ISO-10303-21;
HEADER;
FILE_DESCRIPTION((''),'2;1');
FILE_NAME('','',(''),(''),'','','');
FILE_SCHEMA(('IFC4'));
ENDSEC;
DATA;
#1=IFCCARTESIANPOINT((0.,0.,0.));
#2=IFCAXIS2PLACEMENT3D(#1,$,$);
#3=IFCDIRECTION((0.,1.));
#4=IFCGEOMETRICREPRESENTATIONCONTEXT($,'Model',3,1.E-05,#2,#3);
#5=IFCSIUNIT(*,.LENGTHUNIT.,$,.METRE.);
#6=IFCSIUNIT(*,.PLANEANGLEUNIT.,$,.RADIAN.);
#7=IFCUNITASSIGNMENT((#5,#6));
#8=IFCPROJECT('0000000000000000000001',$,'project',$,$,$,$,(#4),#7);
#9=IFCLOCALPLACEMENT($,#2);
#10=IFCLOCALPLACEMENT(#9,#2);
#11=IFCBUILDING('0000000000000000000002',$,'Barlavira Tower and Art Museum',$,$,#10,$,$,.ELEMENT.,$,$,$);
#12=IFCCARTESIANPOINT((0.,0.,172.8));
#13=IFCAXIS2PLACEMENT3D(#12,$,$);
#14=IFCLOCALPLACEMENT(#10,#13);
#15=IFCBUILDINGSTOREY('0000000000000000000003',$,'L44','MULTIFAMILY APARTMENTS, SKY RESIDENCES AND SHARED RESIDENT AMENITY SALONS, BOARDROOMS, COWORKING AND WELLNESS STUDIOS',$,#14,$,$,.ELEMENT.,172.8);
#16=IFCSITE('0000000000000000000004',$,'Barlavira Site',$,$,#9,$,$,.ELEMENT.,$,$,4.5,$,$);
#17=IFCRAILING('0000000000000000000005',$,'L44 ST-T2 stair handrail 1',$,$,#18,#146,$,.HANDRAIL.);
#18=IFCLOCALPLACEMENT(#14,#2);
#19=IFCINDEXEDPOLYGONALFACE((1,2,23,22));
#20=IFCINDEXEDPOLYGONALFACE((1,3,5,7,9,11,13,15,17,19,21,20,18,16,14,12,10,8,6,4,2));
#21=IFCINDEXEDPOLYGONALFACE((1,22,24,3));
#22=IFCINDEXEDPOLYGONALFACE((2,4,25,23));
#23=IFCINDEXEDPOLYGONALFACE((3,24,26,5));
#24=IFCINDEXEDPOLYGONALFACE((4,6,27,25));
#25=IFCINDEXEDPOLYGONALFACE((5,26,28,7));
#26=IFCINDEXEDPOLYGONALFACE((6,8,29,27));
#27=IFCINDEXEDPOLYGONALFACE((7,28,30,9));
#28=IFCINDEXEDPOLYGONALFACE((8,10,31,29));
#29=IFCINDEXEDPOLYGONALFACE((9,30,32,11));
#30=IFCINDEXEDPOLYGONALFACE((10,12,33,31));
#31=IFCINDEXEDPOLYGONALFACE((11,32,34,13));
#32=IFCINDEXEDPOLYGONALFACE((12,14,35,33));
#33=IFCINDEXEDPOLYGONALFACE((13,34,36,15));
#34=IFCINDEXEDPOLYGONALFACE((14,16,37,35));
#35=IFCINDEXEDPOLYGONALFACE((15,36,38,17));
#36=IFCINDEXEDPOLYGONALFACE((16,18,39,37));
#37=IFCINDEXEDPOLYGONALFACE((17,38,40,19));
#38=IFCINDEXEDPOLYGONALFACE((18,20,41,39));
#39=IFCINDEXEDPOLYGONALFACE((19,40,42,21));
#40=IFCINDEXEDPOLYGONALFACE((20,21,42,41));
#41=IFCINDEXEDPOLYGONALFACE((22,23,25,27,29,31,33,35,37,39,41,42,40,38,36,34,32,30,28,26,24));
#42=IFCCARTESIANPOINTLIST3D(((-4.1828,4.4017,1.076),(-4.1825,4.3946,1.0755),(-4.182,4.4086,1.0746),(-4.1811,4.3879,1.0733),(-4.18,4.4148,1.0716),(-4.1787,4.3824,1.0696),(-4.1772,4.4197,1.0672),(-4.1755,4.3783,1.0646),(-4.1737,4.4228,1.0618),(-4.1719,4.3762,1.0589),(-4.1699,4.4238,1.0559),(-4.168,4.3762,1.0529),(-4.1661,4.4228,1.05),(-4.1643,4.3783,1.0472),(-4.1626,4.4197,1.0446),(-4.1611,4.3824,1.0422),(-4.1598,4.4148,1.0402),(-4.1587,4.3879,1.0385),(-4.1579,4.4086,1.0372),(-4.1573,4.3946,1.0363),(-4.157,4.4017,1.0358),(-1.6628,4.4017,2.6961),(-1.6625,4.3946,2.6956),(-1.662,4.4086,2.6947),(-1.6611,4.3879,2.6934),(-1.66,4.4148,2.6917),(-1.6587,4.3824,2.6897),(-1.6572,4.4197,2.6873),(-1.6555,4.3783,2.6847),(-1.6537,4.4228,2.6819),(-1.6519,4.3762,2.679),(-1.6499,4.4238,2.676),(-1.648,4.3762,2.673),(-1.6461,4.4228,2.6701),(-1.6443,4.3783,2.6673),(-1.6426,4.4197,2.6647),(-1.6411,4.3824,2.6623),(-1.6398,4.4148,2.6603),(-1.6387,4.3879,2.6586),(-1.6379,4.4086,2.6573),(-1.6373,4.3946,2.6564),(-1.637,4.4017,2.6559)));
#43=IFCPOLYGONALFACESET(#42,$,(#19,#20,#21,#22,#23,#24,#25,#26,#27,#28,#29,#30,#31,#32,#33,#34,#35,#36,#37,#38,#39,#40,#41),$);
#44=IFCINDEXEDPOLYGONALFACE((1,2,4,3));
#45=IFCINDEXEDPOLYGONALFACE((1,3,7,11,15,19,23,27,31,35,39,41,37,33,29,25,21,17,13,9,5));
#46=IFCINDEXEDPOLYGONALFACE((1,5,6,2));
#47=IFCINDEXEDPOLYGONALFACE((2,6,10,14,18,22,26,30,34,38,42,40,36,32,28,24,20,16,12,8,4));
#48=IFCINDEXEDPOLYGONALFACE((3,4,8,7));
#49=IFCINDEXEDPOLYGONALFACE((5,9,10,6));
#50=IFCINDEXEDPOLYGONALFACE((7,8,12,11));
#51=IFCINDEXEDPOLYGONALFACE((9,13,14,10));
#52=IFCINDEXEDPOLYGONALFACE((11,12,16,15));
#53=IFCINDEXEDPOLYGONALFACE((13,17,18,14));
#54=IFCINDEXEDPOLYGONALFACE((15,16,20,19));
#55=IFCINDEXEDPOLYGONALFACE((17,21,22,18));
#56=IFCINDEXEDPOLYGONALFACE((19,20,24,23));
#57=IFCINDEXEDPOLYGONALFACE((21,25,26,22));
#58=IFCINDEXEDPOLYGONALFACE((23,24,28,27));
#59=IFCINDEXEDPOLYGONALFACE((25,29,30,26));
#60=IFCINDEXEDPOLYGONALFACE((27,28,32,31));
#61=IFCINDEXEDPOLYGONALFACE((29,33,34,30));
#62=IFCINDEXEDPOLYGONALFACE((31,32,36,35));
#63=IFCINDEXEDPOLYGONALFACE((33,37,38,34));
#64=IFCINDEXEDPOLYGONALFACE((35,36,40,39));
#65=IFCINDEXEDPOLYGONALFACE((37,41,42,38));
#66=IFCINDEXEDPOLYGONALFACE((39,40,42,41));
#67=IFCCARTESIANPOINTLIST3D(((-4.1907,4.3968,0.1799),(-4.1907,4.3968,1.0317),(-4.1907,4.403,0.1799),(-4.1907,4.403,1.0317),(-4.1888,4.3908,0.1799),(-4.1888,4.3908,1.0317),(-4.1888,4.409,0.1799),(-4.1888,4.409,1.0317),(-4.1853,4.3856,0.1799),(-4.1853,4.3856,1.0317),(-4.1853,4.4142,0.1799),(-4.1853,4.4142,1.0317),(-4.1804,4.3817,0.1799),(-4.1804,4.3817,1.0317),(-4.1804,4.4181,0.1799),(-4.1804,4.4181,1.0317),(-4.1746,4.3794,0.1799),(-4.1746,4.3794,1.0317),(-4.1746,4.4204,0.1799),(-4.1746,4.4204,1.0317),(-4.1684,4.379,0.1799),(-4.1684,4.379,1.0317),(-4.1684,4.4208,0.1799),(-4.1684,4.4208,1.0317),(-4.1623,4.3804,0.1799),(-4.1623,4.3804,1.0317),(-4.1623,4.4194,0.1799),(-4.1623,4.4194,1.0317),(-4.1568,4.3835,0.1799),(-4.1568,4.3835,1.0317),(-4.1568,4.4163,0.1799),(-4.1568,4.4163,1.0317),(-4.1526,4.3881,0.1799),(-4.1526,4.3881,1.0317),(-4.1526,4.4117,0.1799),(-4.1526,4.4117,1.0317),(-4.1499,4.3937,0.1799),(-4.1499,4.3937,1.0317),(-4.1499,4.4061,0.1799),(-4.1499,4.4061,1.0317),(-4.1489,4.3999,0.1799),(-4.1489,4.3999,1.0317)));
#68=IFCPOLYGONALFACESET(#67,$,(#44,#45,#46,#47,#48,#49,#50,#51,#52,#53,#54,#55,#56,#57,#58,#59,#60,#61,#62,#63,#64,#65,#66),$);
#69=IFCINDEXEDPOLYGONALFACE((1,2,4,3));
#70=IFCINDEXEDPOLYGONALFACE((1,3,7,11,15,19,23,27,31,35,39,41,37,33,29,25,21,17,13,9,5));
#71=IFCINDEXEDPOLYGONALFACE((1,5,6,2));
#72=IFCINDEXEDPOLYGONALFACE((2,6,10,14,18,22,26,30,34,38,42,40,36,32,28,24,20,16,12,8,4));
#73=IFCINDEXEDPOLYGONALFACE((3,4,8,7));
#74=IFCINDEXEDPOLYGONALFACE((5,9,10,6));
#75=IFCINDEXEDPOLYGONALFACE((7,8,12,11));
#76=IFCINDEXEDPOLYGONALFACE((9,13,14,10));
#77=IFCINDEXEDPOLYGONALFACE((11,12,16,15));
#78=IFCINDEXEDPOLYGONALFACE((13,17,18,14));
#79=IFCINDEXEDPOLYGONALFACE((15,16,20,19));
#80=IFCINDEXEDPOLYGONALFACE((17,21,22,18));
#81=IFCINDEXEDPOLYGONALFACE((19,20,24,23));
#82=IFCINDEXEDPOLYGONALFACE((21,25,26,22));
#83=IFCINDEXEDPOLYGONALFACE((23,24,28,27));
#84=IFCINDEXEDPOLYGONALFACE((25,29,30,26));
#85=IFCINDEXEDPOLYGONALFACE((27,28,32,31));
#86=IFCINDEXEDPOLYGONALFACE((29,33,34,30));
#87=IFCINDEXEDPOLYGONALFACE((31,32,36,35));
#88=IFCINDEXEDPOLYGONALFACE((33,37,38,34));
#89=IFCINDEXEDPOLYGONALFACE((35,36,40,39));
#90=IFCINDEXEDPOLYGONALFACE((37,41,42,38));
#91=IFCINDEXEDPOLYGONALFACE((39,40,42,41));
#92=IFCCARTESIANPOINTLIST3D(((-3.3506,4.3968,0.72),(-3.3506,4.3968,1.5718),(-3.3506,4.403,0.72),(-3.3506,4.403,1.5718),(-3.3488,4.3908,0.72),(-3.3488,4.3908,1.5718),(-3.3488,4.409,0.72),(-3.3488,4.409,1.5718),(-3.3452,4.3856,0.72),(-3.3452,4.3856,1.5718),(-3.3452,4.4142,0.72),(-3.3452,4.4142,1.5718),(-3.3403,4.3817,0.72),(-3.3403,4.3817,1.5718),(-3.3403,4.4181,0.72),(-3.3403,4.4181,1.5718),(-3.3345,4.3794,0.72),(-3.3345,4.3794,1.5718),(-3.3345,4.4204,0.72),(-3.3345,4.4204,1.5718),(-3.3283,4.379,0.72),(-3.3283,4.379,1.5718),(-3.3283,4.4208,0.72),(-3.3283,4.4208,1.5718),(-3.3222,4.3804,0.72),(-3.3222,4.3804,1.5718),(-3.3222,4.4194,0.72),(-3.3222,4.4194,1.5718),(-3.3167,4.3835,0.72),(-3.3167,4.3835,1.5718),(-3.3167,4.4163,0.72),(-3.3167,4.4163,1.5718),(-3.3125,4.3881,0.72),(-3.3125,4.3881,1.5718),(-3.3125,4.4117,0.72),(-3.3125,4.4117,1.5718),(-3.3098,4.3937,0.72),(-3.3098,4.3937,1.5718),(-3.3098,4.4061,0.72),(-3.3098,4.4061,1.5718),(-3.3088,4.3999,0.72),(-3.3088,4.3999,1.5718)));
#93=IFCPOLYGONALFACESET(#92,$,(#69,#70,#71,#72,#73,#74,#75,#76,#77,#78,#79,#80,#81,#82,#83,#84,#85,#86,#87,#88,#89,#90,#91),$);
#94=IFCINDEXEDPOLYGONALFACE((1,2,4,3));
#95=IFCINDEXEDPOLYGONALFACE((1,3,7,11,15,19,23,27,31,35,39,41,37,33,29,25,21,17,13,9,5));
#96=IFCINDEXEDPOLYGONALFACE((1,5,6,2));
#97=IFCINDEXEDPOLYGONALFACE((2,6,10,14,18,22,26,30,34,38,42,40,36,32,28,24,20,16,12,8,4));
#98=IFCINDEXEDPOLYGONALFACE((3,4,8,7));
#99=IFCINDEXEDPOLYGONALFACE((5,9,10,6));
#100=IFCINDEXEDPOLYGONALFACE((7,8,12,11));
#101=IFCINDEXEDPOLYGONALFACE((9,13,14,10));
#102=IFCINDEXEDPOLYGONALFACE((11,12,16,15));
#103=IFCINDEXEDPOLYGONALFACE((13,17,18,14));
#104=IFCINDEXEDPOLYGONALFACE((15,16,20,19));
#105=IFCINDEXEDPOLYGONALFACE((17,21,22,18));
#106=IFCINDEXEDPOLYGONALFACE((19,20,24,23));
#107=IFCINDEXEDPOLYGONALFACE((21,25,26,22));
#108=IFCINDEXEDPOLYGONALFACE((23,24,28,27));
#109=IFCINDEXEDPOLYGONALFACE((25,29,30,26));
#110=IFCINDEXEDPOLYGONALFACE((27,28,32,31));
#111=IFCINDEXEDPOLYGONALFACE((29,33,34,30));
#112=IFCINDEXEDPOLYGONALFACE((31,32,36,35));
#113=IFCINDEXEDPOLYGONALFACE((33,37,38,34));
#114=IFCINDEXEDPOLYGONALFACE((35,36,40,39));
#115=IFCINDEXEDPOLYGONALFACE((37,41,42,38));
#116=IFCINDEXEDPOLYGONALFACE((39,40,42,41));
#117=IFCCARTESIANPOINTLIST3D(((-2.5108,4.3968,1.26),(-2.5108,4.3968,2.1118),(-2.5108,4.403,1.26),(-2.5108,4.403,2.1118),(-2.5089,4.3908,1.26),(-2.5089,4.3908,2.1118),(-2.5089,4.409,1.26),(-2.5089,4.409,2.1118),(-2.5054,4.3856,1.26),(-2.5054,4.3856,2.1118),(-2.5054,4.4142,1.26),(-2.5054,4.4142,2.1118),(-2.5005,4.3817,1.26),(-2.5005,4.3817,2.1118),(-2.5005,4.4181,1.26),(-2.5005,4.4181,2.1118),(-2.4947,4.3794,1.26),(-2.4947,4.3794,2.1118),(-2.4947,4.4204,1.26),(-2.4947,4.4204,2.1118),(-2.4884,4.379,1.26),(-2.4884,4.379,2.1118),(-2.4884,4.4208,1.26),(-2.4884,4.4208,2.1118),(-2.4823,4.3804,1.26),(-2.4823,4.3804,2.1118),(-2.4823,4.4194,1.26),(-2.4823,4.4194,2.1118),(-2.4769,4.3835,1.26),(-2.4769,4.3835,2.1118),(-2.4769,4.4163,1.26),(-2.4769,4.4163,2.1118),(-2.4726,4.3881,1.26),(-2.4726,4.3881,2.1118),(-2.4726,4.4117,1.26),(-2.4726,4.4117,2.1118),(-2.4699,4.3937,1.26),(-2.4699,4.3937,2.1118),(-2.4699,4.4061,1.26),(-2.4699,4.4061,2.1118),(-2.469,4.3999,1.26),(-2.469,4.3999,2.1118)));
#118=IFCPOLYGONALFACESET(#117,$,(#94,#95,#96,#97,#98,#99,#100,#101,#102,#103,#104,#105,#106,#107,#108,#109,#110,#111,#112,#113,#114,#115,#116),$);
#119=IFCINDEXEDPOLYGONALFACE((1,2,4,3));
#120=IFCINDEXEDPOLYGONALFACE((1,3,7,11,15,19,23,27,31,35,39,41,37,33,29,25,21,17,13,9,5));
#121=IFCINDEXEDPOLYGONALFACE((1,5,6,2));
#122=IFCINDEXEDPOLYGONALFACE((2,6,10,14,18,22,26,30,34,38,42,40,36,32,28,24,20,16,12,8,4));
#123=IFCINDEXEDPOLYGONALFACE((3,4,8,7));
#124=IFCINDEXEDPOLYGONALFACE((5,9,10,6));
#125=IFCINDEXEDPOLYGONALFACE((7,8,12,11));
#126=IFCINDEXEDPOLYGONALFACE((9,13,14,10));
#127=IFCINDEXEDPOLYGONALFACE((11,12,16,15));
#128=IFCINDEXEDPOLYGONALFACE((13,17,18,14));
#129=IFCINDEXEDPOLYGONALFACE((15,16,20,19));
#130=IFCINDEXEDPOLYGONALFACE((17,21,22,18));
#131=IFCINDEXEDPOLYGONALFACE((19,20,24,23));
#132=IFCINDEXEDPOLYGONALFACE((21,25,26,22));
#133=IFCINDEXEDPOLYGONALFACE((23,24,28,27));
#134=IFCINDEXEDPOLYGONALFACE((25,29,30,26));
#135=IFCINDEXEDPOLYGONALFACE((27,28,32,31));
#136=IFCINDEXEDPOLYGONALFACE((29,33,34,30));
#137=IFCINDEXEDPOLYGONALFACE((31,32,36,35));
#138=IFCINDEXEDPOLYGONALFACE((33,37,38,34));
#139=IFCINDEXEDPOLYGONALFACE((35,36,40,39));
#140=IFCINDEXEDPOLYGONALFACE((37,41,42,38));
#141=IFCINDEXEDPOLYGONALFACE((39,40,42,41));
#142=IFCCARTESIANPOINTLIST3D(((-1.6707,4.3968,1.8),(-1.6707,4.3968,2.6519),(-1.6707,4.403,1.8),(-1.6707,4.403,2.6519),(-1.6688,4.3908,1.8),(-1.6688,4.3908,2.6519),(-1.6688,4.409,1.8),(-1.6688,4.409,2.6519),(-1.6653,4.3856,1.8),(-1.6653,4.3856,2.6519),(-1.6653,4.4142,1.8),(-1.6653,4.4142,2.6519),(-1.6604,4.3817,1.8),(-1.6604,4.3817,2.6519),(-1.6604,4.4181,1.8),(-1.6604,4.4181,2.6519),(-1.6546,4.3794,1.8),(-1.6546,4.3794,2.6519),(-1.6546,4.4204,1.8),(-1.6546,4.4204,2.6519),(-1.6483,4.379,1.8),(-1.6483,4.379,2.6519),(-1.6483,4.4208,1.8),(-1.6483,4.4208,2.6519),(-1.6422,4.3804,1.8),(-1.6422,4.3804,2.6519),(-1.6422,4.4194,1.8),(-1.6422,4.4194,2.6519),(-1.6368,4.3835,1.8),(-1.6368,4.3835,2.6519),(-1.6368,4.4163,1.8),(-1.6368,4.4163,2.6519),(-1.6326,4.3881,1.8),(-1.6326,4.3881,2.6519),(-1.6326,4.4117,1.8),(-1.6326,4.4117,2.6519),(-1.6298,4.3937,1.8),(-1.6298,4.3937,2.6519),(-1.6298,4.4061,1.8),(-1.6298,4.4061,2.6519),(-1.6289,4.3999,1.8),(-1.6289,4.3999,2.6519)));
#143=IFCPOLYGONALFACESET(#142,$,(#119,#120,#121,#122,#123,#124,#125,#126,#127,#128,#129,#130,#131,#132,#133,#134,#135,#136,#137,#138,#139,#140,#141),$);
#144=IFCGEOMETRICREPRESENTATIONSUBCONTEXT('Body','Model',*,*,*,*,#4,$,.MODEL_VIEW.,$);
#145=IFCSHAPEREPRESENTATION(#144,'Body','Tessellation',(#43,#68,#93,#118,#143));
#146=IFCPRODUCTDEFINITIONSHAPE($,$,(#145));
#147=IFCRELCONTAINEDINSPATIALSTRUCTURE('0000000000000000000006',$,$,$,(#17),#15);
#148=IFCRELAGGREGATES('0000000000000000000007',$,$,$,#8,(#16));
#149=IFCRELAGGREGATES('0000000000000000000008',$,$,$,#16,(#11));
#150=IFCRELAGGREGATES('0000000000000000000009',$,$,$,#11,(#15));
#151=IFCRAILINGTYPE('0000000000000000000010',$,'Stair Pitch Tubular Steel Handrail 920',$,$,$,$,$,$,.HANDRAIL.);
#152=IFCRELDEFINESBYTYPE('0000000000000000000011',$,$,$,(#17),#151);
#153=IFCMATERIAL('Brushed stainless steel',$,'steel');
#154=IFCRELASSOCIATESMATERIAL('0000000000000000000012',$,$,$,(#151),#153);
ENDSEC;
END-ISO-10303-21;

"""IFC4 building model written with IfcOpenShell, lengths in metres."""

from ifc_helpers import new_model, si_unit, direction, frame, origin, origin_2d, place, context, subcontext, project, spatial, circle, extrude, material, type_object, element, save


model = new_model("IFC4")

# Units and contexts
model_context = context("Model", 3, precision=1e-05, world=origin(), true_north=direction((0.0, 1.0)))
body_context = subcontext(model_context, "Body", "Model", "MODEL_VIEW")
ifc_project = project(units=[si_unit("LENGTHUNIT", "METRE"), si_unit("PLANEANGLEUNIT", "RADIAN")], contexts=[model_context])

# Site, building, storey
site_placement = place(None, origin())
site = spatial("IfcSite", under=ifc_project, at=site_placement, Name="Barlavira Site", CompositionType="ELEMENT", RefElevation=4.5)
building_placement = place(site_placement, origin())
building = spatial("IfcBuilding", under=site, at=building_placement, Name="Barlavira Tower and Art Museum", CompositionType="ELEMENT")
storey_placement = place(building_placement, frame((0.0, 0.0, 172.8)))
storey = spatial("IfcBuildingStorey", under=building, at=storey_placement, Name="L44", Description="MULTIFAMILY APARTMENTS, SKY RESIDENCES AND SHARED RESIDENT AMENITY SALONS, BOARDROOMS, COWORKING AND WELLNESS STUDIOS", CompositionType="ELEMENT", Elevation=172.8)

# Shared definitions
ifc_material_1 = material(Name="Brushed stainless steel", Category="steel")

# Railing
railing_type_1 = type_object("IfcRailingType", Name="Stair Pitch Tubular Steel Handrail 920", PredefinedType="HANDRAIL", material=ifc_material_1)
railing_1_placement = place(storey_placement, frame((-4.1699, 4.3999, 0.1799)))
element("IfcRailing", 1, at=railing_1_placement, inside=storey, type_object=railing_type_1, Name="L44 ST-T2 stair handrail 1", PredefinedType="HANDRAIL", context=body_context, shape_type="SweptSolid", body=[
    extrude(circle(Radius=0.0239, at=origin_2d()), frame((0.0, 0.0, 0.876), z_axis=(0.841163, 0.0, 0.540782), x_axis=(0.0, 1.0, 0.0)), (0.0, 0.0, 1.0), 2.9958),
    extrude(circle(Radius=0.021, at=origin_2d()), origin(), (0.0, 0.0, 1.0), 0.8518),
    extrude(circle(Radius=0.021, at=origin_2d()), frame((0.8401, 0.0, 0.54)), (0.0, 0.0, 1.0), 0.8518),
    extrude(circle(Radius=0.021, at=origin_2d()), frame((1.6799, 0.0, 1.0801)), (0.0, 0.0, 1.0), 0.8518),
    extrude(circle(Radius=0.021, at=origin_2d()), frame((2.52, 0.0, 1.6201)), (0.0, 0.0, 1.0), 0.8518),
])

save(model, "model.ifc")
